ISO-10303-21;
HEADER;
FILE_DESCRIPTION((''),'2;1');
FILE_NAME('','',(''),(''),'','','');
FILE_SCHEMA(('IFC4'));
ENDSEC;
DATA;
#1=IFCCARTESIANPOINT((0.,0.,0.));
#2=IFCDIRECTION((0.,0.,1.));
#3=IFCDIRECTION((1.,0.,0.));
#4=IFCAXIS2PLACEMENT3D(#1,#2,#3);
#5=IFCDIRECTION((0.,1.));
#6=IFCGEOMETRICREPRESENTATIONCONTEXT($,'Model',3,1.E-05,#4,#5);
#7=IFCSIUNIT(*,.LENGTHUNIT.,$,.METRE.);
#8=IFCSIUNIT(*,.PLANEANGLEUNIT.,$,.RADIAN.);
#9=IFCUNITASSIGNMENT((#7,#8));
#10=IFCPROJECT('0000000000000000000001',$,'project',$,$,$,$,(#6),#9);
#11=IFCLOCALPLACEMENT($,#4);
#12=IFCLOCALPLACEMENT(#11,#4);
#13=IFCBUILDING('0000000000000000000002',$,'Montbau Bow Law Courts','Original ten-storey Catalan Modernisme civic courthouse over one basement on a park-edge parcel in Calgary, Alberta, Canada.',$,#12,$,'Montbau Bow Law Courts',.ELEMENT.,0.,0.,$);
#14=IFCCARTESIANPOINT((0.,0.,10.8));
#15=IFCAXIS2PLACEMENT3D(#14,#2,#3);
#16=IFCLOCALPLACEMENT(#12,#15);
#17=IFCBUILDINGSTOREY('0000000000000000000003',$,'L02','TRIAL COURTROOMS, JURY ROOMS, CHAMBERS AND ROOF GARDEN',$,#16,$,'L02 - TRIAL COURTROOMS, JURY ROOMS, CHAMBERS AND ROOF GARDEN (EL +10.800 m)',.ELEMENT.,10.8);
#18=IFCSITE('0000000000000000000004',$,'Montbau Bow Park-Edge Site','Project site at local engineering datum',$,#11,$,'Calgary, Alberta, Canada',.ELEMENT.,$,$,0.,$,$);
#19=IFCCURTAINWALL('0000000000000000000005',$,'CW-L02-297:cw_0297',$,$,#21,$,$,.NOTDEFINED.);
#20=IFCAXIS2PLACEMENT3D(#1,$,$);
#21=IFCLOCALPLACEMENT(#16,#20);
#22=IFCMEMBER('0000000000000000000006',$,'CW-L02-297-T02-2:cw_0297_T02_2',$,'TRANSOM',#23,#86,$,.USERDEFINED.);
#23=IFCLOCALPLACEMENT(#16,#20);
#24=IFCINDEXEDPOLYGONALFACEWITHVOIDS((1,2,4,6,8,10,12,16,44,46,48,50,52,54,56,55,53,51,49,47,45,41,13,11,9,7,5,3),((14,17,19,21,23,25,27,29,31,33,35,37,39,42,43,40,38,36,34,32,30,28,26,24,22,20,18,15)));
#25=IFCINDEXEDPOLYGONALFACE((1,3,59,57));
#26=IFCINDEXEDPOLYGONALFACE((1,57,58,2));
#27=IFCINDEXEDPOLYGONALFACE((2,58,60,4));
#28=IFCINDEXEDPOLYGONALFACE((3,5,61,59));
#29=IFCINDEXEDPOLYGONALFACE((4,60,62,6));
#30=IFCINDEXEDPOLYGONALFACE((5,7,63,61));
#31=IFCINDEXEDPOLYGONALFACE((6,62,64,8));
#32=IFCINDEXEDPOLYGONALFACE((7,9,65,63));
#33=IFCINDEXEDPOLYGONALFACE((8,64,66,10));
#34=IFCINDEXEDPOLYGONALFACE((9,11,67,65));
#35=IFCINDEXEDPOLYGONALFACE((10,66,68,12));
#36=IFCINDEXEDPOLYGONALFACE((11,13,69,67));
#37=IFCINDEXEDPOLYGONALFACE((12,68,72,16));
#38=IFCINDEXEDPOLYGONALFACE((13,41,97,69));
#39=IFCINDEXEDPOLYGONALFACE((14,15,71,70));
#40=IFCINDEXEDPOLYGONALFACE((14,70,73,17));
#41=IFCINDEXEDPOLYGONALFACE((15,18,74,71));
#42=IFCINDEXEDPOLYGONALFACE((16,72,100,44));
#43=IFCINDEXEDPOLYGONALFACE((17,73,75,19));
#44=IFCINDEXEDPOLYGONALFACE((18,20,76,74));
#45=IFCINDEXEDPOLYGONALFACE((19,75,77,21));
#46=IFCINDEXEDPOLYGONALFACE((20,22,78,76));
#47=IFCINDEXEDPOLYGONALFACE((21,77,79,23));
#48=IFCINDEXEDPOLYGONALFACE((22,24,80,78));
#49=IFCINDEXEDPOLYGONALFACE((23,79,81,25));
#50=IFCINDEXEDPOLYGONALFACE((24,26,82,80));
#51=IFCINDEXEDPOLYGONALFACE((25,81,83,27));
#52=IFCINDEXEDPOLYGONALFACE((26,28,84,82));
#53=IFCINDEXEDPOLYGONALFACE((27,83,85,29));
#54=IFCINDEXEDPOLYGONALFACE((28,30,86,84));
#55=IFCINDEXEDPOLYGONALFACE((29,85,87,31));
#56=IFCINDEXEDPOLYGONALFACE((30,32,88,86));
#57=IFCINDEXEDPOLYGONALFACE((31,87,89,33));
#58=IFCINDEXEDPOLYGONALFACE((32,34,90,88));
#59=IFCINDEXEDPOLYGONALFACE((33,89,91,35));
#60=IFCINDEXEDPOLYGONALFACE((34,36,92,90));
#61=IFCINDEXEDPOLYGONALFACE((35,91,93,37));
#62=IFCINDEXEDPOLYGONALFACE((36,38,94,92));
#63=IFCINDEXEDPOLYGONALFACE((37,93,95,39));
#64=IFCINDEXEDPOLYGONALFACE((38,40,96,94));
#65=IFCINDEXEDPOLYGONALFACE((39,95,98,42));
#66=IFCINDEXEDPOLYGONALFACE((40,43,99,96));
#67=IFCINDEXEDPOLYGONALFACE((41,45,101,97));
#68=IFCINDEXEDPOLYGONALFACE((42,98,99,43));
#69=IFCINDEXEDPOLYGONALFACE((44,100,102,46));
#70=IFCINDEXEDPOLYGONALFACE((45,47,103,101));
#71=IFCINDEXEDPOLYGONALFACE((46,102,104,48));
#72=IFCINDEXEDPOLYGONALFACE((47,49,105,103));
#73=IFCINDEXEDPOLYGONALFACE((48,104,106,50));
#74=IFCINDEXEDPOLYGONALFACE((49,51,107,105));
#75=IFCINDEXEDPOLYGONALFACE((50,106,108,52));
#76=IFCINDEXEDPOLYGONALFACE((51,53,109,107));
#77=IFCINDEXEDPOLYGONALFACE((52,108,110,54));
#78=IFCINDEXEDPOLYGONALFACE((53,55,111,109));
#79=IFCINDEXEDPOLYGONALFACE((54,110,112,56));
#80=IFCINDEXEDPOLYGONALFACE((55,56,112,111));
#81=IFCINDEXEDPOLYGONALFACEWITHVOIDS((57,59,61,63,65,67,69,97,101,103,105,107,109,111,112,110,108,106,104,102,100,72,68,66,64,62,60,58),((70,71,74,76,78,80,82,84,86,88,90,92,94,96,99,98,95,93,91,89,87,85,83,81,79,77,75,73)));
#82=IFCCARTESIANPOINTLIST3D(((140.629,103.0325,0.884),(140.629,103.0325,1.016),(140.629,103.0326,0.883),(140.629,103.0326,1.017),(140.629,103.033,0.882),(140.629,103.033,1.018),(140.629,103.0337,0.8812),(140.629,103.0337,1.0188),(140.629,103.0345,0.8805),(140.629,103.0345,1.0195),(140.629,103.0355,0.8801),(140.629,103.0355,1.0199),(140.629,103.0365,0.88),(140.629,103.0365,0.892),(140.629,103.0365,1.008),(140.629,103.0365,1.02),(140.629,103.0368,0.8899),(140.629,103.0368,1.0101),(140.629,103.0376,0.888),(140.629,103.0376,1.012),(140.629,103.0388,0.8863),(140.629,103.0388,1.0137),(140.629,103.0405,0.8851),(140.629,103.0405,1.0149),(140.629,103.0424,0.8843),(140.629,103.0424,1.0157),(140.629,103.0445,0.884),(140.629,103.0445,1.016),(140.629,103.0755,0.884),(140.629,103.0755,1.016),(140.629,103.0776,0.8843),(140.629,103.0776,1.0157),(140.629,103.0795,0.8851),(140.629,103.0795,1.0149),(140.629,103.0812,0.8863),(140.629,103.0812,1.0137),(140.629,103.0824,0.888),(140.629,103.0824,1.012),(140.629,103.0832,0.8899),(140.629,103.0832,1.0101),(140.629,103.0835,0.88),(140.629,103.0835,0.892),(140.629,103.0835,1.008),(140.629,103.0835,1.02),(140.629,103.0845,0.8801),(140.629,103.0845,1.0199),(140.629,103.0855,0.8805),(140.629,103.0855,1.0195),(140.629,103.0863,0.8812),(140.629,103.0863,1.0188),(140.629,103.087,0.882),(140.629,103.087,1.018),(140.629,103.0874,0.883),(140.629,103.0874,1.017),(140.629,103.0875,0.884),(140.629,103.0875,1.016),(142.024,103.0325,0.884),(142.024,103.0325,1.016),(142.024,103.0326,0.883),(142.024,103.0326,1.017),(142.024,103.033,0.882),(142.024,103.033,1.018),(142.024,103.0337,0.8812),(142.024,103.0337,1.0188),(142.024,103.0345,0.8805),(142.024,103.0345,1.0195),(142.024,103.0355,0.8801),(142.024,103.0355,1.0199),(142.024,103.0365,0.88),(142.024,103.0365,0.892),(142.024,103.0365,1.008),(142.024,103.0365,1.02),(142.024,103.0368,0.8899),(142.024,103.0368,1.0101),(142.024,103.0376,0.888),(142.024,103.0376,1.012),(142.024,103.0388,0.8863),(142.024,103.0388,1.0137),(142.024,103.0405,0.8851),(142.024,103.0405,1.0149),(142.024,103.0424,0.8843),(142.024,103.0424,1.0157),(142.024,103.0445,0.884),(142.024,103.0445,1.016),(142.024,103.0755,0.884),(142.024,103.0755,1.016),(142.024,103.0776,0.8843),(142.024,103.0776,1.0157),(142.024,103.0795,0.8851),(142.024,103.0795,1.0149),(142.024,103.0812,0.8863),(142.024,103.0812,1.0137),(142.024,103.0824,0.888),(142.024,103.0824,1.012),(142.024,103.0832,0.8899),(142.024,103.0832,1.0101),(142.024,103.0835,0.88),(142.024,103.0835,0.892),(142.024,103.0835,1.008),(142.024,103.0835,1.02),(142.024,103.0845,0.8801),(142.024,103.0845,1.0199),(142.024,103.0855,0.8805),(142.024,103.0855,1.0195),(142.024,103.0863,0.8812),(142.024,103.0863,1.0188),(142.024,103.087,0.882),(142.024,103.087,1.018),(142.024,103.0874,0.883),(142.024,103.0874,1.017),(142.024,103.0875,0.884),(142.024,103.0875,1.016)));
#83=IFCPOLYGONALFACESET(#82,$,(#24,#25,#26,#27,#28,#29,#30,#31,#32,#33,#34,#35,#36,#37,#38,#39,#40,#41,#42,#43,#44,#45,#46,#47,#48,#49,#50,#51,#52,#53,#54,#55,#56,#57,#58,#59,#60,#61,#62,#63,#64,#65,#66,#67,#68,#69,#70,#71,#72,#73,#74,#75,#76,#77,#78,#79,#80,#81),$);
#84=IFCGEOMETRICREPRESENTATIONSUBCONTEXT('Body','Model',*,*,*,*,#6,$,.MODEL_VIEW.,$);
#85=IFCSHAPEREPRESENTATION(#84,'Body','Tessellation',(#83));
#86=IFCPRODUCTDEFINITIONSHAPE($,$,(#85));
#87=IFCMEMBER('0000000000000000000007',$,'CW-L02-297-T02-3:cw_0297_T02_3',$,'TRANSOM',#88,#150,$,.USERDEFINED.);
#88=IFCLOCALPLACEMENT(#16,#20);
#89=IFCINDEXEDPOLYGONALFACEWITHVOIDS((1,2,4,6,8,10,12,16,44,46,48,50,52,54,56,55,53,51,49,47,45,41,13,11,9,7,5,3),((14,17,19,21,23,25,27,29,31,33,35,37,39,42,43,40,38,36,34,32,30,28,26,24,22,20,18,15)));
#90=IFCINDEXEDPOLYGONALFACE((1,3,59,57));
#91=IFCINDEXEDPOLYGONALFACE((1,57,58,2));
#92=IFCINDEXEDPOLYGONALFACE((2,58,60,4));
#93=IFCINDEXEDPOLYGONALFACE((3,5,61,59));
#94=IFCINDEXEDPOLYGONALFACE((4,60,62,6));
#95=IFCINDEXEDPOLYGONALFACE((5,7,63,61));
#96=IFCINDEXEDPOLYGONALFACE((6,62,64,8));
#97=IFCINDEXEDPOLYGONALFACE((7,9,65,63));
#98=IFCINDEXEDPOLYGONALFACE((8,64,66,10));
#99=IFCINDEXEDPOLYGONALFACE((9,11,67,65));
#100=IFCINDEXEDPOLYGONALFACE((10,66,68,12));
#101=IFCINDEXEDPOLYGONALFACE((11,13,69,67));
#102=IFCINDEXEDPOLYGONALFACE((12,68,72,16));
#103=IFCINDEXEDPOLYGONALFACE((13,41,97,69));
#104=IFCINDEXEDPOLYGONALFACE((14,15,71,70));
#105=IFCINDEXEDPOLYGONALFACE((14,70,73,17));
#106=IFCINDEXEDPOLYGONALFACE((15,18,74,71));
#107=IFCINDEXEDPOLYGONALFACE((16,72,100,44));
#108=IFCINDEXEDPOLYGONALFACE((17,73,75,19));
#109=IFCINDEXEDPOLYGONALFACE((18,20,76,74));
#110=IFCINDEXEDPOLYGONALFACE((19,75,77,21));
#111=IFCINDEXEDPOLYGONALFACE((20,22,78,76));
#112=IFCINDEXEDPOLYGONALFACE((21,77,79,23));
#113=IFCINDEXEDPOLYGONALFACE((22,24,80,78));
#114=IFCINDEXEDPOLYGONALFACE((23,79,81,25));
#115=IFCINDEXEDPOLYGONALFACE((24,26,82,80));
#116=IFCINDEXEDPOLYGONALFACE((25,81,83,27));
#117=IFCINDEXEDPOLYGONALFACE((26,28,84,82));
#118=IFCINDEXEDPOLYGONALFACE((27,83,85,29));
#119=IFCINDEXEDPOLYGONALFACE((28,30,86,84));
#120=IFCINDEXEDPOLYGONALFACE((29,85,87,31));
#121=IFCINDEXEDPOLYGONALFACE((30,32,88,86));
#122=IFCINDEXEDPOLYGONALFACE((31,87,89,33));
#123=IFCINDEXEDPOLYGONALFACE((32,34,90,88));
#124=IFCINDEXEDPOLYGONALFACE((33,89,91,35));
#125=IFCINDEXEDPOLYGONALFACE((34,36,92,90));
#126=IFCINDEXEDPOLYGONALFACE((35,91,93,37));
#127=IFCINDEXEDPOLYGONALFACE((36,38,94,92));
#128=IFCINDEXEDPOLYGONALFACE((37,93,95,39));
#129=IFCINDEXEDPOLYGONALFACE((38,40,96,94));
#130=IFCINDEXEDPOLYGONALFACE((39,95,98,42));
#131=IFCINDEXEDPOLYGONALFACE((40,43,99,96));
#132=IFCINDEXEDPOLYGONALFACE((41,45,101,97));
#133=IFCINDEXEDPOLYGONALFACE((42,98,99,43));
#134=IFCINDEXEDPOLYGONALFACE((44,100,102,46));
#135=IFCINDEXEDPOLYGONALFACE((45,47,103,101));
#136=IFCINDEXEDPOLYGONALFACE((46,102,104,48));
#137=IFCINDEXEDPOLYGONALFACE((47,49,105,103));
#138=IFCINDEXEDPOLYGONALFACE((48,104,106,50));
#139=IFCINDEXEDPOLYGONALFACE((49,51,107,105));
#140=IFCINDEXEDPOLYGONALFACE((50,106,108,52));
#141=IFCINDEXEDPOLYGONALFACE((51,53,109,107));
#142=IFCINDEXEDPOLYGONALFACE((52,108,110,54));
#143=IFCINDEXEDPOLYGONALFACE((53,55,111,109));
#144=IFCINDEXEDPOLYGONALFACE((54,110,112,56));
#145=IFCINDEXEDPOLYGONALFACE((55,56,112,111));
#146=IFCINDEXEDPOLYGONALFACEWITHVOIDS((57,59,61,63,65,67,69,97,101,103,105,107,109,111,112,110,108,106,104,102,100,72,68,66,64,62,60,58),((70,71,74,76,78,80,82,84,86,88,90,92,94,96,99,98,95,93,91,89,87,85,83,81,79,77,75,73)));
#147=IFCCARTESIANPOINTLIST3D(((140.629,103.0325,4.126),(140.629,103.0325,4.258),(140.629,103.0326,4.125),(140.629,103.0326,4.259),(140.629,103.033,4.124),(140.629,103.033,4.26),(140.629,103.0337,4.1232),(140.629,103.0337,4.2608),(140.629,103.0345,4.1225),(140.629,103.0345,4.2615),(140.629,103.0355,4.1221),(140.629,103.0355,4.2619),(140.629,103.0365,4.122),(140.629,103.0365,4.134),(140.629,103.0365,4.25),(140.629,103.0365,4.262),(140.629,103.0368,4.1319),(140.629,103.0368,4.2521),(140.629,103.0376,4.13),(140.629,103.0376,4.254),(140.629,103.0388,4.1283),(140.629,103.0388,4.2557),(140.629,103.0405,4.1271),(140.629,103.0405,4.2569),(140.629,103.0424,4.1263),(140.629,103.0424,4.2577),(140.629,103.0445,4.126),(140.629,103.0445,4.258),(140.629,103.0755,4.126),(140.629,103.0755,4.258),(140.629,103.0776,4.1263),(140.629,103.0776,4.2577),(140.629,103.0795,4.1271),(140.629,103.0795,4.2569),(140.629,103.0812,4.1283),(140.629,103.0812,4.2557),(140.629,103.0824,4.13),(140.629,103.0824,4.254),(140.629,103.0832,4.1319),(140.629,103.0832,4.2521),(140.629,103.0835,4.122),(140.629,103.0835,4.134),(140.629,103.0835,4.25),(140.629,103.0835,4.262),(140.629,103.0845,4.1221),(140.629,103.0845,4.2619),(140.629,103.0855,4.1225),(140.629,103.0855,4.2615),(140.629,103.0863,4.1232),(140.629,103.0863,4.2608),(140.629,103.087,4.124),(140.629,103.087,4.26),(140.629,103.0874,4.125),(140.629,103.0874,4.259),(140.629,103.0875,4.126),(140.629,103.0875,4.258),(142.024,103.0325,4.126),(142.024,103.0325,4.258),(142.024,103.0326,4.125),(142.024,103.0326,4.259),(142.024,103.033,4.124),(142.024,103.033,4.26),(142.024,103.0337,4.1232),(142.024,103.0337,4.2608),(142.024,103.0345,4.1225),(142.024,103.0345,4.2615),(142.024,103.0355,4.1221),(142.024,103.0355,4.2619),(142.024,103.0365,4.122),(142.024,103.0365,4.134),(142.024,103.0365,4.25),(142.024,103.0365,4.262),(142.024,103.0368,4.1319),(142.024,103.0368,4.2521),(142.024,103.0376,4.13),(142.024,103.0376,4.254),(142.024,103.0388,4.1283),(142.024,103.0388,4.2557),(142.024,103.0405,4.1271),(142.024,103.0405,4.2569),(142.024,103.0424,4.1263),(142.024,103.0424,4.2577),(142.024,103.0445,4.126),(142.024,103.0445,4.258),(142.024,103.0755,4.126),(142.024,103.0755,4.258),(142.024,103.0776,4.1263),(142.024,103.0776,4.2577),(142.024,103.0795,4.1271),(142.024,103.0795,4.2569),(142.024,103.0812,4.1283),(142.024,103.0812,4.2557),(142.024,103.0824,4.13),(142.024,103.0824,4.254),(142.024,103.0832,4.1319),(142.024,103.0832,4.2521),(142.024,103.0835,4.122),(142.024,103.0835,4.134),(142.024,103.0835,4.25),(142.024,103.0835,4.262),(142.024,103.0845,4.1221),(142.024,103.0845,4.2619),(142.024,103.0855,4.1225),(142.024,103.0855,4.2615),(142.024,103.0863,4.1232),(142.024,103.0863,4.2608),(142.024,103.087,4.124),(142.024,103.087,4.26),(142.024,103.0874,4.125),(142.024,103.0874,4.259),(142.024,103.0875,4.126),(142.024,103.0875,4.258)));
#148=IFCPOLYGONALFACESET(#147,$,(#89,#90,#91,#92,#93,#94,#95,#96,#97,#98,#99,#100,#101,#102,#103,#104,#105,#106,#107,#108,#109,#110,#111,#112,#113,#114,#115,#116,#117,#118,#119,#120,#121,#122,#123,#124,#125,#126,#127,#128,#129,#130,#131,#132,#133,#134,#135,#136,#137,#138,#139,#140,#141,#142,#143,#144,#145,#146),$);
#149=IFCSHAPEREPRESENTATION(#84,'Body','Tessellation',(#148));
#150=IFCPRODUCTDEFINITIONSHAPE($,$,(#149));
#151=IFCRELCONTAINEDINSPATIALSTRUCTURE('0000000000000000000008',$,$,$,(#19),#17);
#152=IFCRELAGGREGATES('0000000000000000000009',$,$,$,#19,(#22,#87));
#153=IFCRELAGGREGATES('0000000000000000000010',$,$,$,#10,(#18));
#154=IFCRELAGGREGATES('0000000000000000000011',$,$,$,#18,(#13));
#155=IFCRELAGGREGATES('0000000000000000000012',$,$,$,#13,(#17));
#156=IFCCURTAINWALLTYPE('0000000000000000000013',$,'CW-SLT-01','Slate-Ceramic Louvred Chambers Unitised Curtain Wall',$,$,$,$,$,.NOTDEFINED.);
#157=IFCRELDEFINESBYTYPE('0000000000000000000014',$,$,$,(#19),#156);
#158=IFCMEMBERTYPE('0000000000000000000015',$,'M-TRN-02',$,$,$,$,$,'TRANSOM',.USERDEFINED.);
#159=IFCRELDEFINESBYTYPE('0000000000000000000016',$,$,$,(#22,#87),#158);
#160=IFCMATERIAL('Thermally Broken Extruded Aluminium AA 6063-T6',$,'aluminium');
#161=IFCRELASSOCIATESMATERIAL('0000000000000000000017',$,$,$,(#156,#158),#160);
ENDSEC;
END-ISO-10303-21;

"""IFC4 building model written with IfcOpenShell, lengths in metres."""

from ifc_helpers import new_model, si_unit, direction, frame, origin_with_axes, origin_2d_with_axis, place, context, subcontext, project, spatial, hollow_rectangle, extrude, material, material_profile, profile_set, type_object, element, aggregate, save


model = new_model("IFC4")

# Units and contexts
model_context = context("Model", 3, precision=1e-05, world=origin_with_axes(), true_north=direction((0.0, 1.0)))
body_context = subcontext(model_context, "Body", "Model", "MODEL_VIEW")
ifc_project = project(units=[si_unit("LENGTHUNIT", "METRE"), si_unit("PLANEANGLEUNIT", "RADIAN")], contexts=[model_context])

# Site, building, storey
site_placement = place(None, origin_with_axes())
site = spatial("IfcSite", under=ifc_project, at=site_placement, Name="Montbau Bow Park-Edge Site", Description="Project site at local engineering datum", LongName="Calgary, Alberta, Canada", CompositionType="ELEMENT", RefElevation=0.0)
building_placement = place(site_placement, origin_with_axes())
building = spatial("IfcBuilding", under=site, at=building_placement, Name="Montbau Bow Law Courts", Description="Original ten-storey Catalan Modernisme civic courthouse over one basement on a park-edge parcel in Calgary, Alberta, Canada.", LongName="Montbau Bow Law Courts", CompositionType="ELEMENT", ElevationOfRefHeight=0.0, ElevationOfTerrain=0.0)
storey_placement = place(building_placement, frame((0.0, 0.0, 10.8), z_axis=(0.0, 0.0, 1.0), x_axis=(1.0, 0.0, 0.0)))
storey = spatial("IfcBuildingStorey", under=building, at=storey_placement, Name="L02", Description="TRIAL COURTROOMS, JURY ROOMS, CHAMBERS AND ROOF GARDEN", LongName="L02 - TRIAL COURTROOMS, JURY ROOMS, CHAMBERS AND ROOF GARDEN (EL +10.800 m)", CompositionType="ELEMENT", Elevation=10.8)

# Curtain wall, members
ifc_material_1 = material(Name="Thermally Broken Extruded Aluminium AA 6063-T6", Category="aluminium")
curtain_wall_type = type_object("IfcCurtainWallType", Name="CW-SLT-01", Description="Slate-Ceramic Louvred Chambers Unitised Curtain Wall", PredefinedType="NOTDEFINED", material=ifc_material_1)
curtain_wall_placement = place(None, frame((139.115, 103.06, 10.8), z_axis=(0.0, 0.0, 1.0), x_axis=(1.0, 0.0, 0.0)))
curtain_wall = element("IfcCurtainWall", 1, at=curtain_wall_placement, inside=storey, type_object=curtain_wall_type, Name="CW-L02-297:cw_0297", PredefinedType="NOTDEFINED")
ifc_material_profile_1 = material_profile(ifc_material_1, hollow_rectangle(XDim=0.055, YDim=0.14, WallThickness=0.004, InnerFilletRadius=0.008, OuterFilletRadius=0.004, at=origin_2d_with_axis()), Name="CWT-140X55", Category="Main", Priority=0)
ifc_profile_set_1 = profile_set([ifc_material_profile_1], Name="Thermally Broken Extruded Aluminium AA 6063-T6")
member_type_1 = type_object("IfcMemberType", Name="M-TRN-02", ElementType="TRANSOM", PredefinedType="USERDEFINED", material=ifc_profile_set_1)
member_1_placement = place(None, frame((140.629, 103.06, 11.75), z_axis=(1.0, 0.0, 0.0), x_axis=(0.0, 1.0, 0.0)))
member_1 = element("IfcMember", 2, at=member_1_placement, type_object=member_type_1, Name="CW-L02-297-T02-2:cw_0297_T02_2", ObjectType="TRANSOM", PredefinedType="USERDEFINED", context=body_context, shape_type="SweptSolid", body=[
    extrude(hollow_rectangle(XDim=0.055, YDim=0.14, WallThickness=0.004, InnerFilletRadius=0.008, OuterFilletRadius=0.004, at=origin_2d_with_axis()), origin_with_axes(), (0.0, 0.0, 1.0), 1.395),
])
member_2_placement = place(None, frame((140.629, 103.06, 14.992), z_axis=(1.0, 0.0, 0.0), x_axis=(0.0, 1.0, 0.0)))
member_2 = element("IfcMember", 3, at=member_2_placement, type_object=member_type_1, Name="CW-L02-297-T02-3:cw_0297_T02_3", ObjectType="TRANSOM", PredefinedType="USERDEFINED", context=body_context, shape_type="SweptSolid", body=[
    extrude(hollow_rectangle(XDim=0.055, YDim=0.14, WallThickness=0.004, InnerFilletRadius=0.008, OuterFilletRadius=0.004, at=origin_2d_with_axis()), origin_with_axes(), (0.0, 0.0, 1.0), 1.395),
])
aggregate(curtain_wall, [member_1, member_2])

save(model, "model.ifc")
